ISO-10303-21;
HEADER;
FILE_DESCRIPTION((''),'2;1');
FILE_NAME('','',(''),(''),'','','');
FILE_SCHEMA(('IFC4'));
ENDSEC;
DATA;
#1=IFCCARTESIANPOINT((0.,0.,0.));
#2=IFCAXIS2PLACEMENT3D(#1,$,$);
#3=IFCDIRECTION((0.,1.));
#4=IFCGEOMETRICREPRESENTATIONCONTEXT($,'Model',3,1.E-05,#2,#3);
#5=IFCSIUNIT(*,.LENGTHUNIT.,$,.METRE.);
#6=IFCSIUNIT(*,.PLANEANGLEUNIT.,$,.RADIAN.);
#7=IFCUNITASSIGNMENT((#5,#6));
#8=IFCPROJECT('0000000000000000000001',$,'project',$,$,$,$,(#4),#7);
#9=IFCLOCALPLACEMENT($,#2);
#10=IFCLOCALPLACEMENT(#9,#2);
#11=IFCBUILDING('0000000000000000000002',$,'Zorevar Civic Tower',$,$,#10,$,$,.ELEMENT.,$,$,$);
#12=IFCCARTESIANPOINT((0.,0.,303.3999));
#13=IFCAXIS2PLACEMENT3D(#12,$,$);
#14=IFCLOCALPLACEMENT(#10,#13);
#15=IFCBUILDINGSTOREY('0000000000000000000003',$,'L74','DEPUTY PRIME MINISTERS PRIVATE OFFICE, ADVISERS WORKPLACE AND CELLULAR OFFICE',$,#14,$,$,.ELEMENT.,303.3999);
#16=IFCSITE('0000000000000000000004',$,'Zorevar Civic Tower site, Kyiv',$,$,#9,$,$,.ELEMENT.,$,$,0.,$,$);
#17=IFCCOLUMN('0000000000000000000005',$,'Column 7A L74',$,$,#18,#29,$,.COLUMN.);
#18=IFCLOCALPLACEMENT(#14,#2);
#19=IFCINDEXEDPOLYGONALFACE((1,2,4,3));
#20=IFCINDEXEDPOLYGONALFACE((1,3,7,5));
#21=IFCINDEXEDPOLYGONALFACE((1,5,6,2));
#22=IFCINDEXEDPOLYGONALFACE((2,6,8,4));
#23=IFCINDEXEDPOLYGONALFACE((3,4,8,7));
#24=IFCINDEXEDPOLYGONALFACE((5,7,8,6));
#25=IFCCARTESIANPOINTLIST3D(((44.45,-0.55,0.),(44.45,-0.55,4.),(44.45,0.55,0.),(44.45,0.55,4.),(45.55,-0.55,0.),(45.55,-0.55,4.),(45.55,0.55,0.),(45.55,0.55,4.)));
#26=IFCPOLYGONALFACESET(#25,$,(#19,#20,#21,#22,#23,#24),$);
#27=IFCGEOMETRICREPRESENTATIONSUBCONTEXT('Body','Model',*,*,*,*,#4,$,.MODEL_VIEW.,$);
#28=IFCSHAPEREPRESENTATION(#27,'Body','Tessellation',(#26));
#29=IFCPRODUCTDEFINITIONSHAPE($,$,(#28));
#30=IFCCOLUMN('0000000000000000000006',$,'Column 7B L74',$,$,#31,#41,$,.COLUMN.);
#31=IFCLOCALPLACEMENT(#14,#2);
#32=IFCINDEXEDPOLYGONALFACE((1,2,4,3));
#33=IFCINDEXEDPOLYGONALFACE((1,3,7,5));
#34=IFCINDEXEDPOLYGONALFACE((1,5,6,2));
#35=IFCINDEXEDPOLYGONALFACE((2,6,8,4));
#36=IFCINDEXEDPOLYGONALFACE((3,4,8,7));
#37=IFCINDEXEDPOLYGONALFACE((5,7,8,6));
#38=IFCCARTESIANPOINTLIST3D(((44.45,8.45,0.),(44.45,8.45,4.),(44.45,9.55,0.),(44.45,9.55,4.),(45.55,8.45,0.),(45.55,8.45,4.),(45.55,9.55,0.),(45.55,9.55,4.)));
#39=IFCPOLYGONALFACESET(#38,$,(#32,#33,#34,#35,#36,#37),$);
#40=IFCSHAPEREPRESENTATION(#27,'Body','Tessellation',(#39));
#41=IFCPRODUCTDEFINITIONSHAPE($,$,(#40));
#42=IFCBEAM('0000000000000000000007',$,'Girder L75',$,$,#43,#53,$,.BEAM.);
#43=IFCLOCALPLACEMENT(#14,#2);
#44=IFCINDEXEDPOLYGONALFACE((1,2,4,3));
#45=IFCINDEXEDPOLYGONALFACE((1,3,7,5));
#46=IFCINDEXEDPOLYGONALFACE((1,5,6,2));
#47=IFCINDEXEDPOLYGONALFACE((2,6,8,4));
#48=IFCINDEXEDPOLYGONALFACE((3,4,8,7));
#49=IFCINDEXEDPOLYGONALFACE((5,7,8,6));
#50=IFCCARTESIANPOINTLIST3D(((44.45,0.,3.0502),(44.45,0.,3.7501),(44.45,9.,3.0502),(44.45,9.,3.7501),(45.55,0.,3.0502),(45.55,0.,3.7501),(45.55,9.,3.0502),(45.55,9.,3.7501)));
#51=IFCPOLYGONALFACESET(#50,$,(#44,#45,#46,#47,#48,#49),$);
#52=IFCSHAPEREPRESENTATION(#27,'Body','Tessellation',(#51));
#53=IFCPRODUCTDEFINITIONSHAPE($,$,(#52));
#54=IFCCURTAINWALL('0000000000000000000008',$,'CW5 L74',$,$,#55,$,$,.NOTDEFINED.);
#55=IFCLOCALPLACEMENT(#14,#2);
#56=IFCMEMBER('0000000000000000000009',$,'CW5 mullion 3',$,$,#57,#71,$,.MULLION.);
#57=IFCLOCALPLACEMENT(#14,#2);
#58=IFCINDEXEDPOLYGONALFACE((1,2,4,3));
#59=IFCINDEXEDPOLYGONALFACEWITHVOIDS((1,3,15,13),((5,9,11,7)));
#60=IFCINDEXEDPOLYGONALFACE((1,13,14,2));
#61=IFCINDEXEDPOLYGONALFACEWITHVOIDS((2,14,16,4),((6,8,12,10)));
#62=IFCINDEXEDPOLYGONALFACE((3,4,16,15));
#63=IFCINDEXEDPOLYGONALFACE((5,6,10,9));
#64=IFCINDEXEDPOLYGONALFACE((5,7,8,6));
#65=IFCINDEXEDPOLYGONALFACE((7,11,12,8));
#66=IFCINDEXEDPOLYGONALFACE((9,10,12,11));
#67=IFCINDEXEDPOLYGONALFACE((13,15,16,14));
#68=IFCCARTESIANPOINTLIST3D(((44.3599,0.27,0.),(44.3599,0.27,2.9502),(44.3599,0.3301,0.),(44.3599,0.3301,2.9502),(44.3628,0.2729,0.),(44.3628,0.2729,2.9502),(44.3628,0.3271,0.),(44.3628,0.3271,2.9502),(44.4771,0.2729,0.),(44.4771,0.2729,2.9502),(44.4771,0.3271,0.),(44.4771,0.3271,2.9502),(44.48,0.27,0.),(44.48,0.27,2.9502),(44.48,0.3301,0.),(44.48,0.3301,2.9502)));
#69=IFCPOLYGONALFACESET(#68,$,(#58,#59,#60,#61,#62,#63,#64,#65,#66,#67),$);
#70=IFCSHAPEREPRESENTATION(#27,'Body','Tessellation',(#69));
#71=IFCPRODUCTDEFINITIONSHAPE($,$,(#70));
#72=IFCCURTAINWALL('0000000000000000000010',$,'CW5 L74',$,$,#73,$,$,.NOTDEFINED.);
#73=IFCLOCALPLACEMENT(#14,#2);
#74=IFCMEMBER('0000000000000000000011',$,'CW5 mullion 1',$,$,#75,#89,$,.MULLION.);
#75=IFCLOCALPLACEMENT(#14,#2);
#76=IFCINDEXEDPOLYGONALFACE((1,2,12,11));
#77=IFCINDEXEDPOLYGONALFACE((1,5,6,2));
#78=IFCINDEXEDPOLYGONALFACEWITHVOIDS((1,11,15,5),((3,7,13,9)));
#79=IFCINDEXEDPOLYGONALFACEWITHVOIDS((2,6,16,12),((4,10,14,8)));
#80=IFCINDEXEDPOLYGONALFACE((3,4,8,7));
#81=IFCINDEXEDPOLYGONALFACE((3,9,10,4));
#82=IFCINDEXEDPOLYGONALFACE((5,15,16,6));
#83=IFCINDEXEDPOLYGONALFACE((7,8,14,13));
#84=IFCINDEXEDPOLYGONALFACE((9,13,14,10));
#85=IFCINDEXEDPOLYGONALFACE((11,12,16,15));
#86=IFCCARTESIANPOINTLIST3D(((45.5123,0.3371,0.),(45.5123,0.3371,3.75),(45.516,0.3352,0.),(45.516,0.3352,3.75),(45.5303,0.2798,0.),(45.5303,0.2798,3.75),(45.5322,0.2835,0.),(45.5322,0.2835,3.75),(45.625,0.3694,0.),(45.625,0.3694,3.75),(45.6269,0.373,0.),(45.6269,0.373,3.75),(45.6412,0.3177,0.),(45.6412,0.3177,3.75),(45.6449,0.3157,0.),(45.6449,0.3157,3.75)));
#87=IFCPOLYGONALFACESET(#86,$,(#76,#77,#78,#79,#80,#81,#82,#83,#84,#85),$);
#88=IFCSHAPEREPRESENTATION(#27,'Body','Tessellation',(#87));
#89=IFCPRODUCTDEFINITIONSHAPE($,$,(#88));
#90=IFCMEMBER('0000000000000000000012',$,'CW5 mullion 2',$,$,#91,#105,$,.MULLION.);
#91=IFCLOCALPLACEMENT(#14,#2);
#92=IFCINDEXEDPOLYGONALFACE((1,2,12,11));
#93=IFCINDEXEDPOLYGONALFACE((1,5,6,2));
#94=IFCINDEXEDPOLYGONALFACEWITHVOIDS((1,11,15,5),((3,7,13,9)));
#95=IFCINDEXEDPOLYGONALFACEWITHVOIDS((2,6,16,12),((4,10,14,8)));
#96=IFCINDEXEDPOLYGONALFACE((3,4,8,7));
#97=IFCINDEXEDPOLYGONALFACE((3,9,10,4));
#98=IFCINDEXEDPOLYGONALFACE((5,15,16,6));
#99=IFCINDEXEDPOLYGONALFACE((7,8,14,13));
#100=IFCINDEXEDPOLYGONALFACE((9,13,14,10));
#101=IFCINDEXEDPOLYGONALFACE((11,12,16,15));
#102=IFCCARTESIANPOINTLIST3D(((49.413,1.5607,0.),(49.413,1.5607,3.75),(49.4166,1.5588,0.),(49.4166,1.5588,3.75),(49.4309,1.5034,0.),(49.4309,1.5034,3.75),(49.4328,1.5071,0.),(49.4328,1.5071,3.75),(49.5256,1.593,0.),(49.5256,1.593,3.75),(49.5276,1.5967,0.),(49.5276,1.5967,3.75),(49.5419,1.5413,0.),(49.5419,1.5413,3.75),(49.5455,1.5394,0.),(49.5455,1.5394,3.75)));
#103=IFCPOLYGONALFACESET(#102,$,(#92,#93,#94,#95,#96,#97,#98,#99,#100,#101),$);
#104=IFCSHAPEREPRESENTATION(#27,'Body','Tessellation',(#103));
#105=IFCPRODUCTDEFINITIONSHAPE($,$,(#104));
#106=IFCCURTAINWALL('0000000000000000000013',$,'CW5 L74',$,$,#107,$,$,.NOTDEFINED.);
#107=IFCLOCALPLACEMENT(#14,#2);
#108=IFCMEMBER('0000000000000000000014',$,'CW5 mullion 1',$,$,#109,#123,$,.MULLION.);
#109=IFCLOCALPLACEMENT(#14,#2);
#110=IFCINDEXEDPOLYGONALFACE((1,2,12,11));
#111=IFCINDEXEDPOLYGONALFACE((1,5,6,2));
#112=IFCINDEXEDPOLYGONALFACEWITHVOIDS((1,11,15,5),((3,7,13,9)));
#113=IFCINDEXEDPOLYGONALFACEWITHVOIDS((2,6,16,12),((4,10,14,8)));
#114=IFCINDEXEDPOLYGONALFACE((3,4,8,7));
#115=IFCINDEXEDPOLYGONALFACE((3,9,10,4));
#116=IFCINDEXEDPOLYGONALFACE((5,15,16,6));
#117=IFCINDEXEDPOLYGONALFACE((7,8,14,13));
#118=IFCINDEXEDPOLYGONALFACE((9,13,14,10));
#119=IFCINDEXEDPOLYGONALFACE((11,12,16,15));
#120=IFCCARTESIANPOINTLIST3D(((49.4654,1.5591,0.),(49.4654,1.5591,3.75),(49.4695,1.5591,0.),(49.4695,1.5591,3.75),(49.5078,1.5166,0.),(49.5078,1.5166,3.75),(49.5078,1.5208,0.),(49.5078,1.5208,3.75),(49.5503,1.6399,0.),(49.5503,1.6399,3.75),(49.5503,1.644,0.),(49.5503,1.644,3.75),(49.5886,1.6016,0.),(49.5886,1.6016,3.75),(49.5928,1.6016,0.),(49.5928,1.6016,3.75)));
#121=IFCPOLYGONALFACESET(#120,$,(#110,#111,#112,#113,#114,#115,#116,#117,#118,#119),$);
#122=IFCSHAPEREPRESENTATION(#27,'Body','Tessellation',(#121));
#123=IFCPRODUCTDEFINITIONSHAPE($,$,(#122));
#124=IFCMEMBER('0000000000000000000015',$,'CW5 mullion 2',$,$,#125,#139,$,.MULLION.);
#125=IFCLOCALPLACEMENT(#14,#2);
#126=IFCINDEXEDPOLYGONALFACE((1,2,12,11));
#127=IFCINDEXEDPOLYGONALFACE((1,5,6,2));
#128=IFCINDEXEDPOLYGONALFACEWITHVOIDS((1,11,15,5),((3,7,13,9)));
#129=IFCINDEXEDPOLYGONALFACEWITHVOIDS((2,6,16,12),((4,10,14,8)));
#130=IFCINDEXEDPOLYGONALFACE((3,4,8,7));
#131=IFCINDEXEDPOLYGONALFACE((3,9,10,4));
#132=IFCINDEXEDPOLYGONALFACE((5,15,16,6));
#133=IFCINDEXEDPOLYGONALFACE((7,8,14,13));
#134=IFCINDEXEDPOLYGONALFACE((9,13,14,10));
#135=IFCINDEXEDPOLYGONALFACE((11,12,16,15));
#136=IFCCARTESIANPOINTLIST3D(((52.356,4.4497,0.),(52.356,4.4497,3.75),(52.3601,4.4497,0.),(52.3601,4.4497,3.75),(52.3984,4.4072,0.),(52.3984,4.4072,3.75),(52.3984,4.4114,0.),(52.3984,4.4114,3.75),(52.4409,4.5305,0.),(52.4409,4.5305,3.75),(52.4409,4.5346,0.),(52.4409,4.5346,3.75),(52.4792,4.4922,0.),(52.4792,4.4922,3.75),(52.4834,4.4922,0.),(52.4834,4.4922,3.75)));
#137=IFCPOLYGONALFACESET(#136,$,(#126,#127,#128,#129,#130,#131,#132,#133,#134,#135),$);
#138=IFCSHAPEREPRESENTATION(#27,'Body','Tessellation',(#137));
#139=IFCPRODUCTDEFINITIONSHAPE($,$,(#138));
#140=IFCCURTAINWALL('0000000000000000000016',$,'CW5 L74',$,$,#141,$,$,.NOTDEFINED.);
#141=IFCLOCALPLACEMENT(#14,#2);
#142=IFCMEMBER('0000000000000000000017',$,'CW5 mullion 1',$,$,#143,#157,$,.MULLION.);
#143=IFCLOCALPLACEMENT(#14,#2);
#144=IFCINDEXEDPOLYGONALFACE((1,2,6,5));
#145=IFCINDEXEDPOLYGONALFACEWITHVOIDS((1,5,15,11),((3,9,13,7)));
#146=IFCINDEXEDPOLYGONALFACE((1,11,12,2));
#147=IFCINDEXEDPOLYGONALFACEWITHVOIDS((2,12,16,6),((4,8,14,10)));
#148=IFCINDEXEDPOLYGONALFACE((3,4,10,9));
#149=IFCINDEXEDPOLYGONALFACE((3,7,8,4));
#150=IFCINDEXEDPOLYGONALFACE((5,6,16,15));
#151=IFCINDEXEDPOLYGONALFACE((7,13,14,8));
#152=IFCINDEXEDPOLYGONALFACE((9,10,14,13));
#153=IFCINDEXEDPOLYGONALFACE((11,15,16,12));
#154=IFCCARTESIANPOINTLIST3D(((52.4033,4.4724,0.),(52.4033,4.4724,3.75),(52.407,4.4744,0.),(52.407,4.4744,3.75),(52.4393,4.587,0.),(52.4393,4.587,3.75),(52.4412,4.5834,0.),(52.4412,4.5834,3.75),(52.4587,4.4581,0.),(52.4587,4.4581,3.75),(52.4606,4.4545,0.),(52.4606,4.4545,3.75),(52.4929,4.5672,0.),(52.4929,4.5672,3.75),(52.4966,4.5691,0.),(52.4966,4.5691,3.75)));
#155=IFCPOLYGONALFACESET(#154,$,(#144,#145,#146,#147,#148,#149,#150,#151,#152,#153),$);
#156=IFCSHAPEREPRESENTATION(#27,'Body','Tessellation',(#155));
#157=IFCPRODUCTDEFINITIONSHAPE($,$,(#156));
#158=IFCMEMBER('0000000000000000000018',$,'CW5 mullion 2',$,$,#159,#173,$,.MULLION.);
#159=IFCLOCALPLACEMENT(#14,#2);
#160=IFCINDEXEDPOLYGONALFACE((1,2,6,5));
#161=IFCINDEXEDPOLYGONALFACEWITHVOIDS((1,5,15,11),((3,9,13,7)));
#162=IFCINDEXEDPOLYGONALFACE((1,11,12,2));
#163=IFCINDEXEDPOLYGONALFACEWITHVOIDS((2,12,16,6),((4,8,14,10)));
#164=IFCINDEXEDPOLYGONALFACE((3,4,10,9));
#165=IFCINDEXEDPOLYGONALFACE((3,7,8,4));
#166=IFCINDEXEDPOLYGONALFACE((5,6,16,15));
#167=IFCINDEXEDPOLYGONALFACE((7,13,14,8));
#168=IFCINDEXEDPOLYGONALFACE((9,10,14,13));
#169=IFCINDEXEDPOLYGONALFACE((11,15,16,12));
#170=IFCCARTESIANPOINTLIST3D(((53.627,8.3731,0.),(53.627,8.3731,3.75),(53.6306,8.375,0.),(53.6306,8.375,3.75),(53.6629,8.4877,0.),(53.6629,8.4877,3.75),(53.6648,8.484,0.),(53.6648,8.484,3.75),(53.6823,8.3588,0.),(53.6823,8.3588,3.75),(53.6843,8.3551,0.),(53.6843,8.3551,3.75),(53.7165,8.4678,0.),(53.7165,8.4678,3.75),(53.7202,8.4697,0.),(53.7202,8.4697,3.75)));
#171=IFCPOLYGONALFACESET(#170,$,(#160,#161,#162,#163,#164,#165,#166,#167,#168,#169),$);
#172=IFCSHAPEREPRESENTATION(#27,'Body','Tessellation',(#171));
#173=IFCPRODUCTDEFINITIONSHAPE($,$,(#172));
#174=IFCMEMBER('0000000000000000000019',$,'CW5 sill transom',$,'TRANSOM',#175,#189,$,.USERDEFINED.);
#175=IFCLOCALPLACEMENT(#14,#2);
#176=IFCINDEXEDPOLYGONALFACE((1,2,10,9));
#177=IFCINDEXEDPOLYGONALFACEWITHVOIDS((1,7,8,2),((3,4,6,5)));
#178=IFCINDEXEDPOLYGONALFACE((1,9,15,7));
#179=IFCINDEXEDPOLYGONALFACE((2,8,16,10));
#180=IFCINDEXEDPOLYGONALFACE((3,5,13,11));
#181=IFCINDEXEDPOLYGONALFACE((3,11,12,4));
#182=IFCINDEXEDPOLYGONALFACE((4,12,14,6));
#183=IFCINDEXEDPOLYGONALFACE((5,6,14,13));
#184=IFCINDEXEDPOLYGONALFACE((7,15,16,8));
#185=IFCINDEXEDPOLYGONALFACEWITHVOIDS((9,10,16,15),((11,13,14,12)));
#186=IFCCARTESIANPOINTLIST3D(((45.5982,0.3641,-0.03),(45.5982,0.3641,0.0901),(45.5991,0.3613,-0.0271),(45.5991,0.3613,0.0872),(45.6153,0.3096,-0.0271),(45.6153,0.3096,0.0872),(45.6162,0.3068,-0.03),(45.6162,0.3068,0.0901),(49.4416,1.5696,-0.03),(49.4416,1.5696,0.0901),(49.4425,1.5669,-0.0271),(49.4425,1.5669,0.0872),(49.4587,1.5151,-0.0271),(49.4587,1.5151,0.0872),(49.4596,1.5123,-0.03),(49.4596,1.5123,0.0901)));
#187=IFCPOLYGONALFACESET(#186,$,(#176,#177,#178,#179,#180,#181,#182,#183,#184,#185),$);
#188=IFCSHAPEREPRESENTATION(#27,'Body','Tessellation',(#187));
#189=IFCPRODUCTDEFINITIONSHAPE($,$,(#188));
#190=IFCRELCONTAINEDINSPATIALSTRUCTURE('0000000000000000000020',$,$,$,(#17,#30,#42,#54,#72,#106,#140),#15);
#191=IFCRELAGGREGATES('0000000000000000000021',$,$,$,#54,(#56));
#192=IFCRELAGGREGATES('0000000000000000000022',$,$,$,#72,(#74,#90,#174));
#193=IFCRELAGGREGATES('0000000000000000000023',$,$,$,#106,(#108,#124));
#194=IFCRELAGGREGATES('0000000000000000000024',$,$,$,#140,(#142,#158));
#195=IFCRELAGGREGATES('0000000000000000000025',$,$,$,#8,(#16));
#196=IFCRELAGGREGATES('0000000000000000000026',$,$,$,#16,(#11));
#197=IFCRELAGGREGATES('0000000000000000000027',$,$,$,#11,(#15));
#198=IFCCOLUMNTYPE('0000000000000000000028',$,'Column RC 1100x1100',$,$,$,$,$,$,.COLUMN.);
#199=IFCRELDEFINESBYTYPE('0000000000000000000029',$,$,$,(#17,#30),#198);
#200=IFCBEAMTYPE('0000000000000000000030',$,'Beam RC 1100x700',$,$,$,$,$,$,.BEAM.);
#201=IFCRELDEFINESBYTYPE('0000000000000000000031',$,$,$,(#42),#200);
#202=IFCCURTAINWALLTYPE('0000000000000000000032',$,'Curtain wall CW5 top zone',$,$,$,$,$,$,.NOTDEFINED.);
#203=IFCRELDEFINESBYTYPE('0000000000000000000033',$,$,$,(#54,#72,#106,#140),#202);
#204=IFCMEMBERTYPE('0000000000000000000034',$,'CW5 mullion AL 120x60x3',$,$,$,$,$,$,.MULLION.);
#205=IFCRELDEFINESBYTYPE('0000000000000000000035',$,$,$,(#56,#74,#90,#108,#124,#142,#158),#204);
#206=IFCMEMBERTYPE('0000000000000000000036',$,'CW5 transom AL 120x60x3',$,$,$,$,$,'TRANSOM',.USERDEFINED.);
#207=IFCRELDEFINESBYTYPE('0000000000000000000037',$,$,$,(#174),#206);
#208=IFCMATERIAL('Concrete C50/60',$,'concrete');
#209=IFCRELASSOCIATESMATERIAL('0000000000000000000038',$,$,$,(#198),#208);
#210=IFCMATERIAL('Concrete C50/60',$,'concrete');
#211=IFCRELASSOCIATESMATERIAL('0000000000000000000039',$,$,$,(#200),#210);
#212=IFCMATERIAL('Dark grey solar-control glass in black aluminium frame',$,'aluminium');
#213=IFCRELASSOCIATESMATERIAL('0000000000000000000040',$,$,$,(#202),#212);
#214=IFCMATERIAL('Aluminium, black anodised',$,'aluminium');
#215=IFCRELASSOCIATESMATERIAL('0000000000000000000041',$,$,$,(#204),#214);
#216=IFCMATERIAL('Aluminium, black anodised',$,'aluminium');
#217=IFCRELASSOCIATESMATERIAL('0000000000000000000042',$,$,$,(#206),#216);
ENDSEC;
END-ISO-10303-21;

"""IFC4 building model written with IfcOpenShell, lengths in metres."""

from ifc_helpers import new_model, si_unit, direction, frame, origin, origin_2d, place, context, subcontext, project, spatial, rectangle, hollow_rectangle, extrude, material, material_profile, profile_set, type_object, element, aggregate, save


model = new_model("IFC4")

# Units and contexts
model_context = context("Model", 3, precision=1e-05, world=origin(), true_north=direction((0.0, 1.0)))
body_context = subcontext(model_context, "Body", "Model", "MODEL_VIEW")
ifc_project = project(units=[si_unit("LENGTHUNIT", "METRE"), si_unit("PLANEANGLEUNIT", "RADIAN")], contexts=[model_context])

# Site, building, storey
site_placement = place(None, origin())
site = spatial("IfcSite", under=ifc_project, at=site_placement, Name="Zorevar Civic Tower site, Kyiv", CompositionType="ELEMENT", RefElevation=0.0)
building_placement = place(site_placement, origin())
building = spatial("IfcBuilding", under=site, at=building_placement, Name="Zorevar Civic Tower", CompositionType="ELEMENT")
storey_placement = place(building_placement, frame((0.0, 0.0, 303.3999)))
storey = spatial("IfcBuildingStorey", under=building, at=storey_placement, Name="L74", Description="DEPUTY PRIME MINISTERS PRIVATE OFFICE, ADVISERS WORKPLACE AND CELLULAR OFFICE", CompositionType="ELEMENT", Elevation=303.3999)

# Columns
ifc_material_1 = material(Name="Concrete C50/60", Category="concrete")
ifc_material_profile_1 = material_profile(ifc_material_1, rectangle(XDim=1.1001, YDim=1.1001, at=origin_2d()), Name="RC 1100x1100")
ifc_profile_set_1 = profile_set([ifc_material_profile_1], Name="Concrete C50/60")
column_type = type_object("IfcColumnType", Name="Column RC 1100x1100", PredefinedType="COLUMN", material=ifc_profile_set_1)
for number, where, z_axis, x_axis, name in (
    (1, (45.0, 0.0, 0.0), (0.0, 0.0, 1.0), (1.0, 0.0, 0.0), "Column 7A L74"),
    (2, (45.0, 9.0, 0.0), (0.0, 0.0, 1.0), (1.0, 0.0, 0.0), "Column 7B L74"),
):
    element("IfcColumn", number, at=place(storey_placement, frame(where, z_axis=z_axis, x_axis=x_axis)), inside=storey, type_object=column_type, Name=name, PredefinedType="COLUMN", context=body_context, shape_type="SweptSolid", body=[
        extrude(rectangle(XDim=1.1001, YDim=1.1001, at=origin_2d()), origin(), (0.0, 0.0, 1.0), 4.0),
    ])

# Beam
ifc_material_2 = material(Name="Concrete C50/60", Category="concrete")
ifc_material_profile_2 = material_profile(ifc_material_2, rectangle(XDim=1.1001, YDim=0.7, at=origin_2d()), Name="RC 1100x700")
ifc_profile_set_2 = profile_set([ifc_material_profile_2], Name="Concrete C50/60")
beam_type_1 = type_object("IfcBeamType", Name="Beam RC 1100x700", PredefinedType="BEAM", material=ifc_profile_set_2)
beam_1_placement = place(storey_placement, frame((45.0, 0.0, 3.4001), z_axis=(0.0, 1.0, 0.0), x_axis=(-1.0, 0.0, 0.0)))
element("IfcBeam", 3, at=beam_1_placement, inside=storey, type_object=beam_type_1, Name="Girder L75", PredefinedType="BEAM", context=body_context, shape_type="SweptSolid", body=[
    extrude(rectangle(XDim=1.1001, YDim=0.7, at=origin_2d()), origin(), (0.0, 0.0, 1.0), 9.0),
])

# Curtain wall, member
ifc_material_3 = material(Name="Dark grey solar-control glass in black aluminium frame", Category="aluminium")
curtain_wall_type = type_object("IfcCurtainWallType", Name="Curtain wall CW5 top zone", PredefinedType="NOTDEFINED", material=ifc_material_3)
curtain_wall_1_placement = place(storey_placement, origin())
curtain_wall_1 = element("IfcCurtainWall", 4, at=curtain_wall_1_placement, inside=storey, type_object=curtain_wall_type, Name="CW5 L74", PredefinedType="NOTDEFINED")
ifc_material_4 = material(Name="Aluminium, black anodised", Category="aluminium")
ifc_material_profile_3 = material_profile(ifc_material_4, hollow_rectangle(XDim=0.0601, YDim=0.1201, WallThickness=0.0029, at=origin_2d()), Name="AL 120x60x3")
ifc_profile_set_3 = profile_set([ifc_material_profile_3], Name="Aluminium, black anodised")
member_type_1 = type_object("IfcMemberType", Name="CW5 mullion AL 120x60x3", PredefinedType="MULLION", material=ifc_profile_set_3)
member_1_placement = place(storey_placement, frame((44.4199, 0.3, 0.0), z_axis=(0.0, 0.0, 1.0), x_axis=(0.0, 1.0, 0.0)))
member_1 = element("IfcMember", 5, at=member_1_placement, type_object=member_type_1, Name="CW5 mullion 3", PredefinedType="MULLION", context=body_context, shape_type="SweptSolid", body=[
    extrude(hollow_rectangle(XDim=0.0601, YDim=0.1201, WallThickness=0.0029, at=origin_2d()), origin(), (0.0, 0.0, 1.0), 2.9502),
])

# Curtain walls, members
curtain_wall_2_placement = place(storey_placement, origin())
curtain_wall_2 = element("IfcCurtainWall", 6, at=curtain_wall_2_placement, inside=storey, type_object=curtain_wall_type, Name="CW5 L74", PredefinedType="NOTDEFINED")
member_2_placement = place(storey_placement, frame((45.5786, 0.3264, 0.0), z_axis=(0.0, 0.0, 1.0), x_axis=(-0.299318, 0.954153, 0.0)))
member_2 = element("IfcMember", 7, at=member_2_placement, type_object=member_type_1, Name="CW5 mullion 1", PredefinedType="MULLION", context=body_context, shape_type="SweptSolid", body=[
    extrude(hollow_rectangle(XDim=0.0601, YDim=0.1201, WallThickness=0.0029, at=origin_2d()), origin(), (0.0, 0.0, 1.0), 3.75),
])
member_3_placement = place(storey_placement, frame((49.4792, 1.55, 0.0), z_axis=(0.0, 0.0, 1.0), x_axis=(-0.299318, 0.954153, 0.0)))
member_3 = element("IfcMember", 8, at=member_3_placement, type_object=member_type_1, Name="CW5 mullion 2", PredefinedType="MULLION", context=body_context, shape_type="SweptSolid", body=[
    extrude(hollow_rectangle(XDim=0.0601, YDim=0.1201, WallThickness=0.0029, at=origin_2d()), origin(), (0.0, 0.0, 1.0), 3.75),
])
curtain_wall_3_placement = place(storey_placement, origin())
curtain_wall_3 = element("IfcCurtainWall", 9, at=curtain_wall_3_placement, inside=storey, type_object=curtain_wall_type, Name="CW5 L74", PredefinedType="NOTDEFINED")
member_4_placement = place(storey_placement, frame((49.5291, 1.5803, 0.0), z_axis=(0.0, 0.0, 1.0), x_axis=(-0.707107, 0.707107, 0.0)))
member_4 = element("IfcMember", 10, at=member_4_placement, type_object=member_type_1, Name="CW5 mullion 1", PredefinedType="MULLION", context=body_context, shape_type="SweptSolid", body=[
    extrude(hollow_rectangle(XDim=0.0601, YDim=0.1201, WallThickness=0.0029, at=origin_2d()), origin(), (0.0, 0.0, 1.0), 3.75),
])
member_5_placement = place(storey_placement, frame((52.4197, 4.4709, 0.0), z_axis=(0.0, 0.0, 1.0), x_axis=(-0.707107, 0.707107, 0.0)))
member_5 = element("IfcMember", 11, at=member_5_placement, type_object=member_type_1, Name="CW5 mullion 2", PredefinedType="MULLION", context=body_context, shape_type="SweptSolid", body=[
    extrude(hollow_rectangle(XDim=0.0601, YDim=0.1201, WallThickness=0.0029, at=origin_2d()), origin(), (0.0, 0.0, 1.0), 3.75),
])
curtain_wall_4_placement = place(storey_placement, origin())
curtain_wall_4 = element("IfcCurtainWall", 12, at=curtain_wall_4_placement, inside=storey, type_object=curtain_wall_type, Name="CW5 L74", PredefinedType="NOTDEFINED")
member_6_placement = place(storey_placement, frame((52.45, 4.5208, 0.0), z_axis=(0.0, 0.0, 1.0), x_axis=(-0.954153, 0.299318, 0.0)))
member_6 = element("IfcMember", 13, at=member_6_placement, type_object=member_type_1, Name="CW5 mullion 1", PredefinedType="MULLION", context=body_context, shape_type="SweptSolid", body=[
    extrude(hollow_rectangle(XDim=0.0601, YDim=0.1201, WallThickness=0.0029, at=origin_2d()), origin(), (0.0, 0.0, 1.0), 3.75),
])
member_7_placement = place(storey_placement, frame((53.6736, 8.4214, 0.0), z_axis=(0.0, 0.0, 1.0), x_axis=(-0.954153, 0.299318, 0.0)))
member_7 = element("IfcMember", 14, at=member_7_placement, type_object=member_type_1, Name="CW5 mullion 2", PredefinedType="MULLION", context=body_context, shape_type="SweptSolid", body=[
    extrude(hollow_rectangle(XDim=0.0601, YDim=0.1201, WallThickness=0.0029, at=origin_2d()), origin(), (0.0, 0.0, 1.0), 3.75),
])

# Member
ifc_material_5 = material(Name="Aluminium, black anodised", Category="aluminium")
ifc_material_profile_4 = material_profile(ifc_material_5, hollow_rectangle(XDim=0.0601, YDim=0.1201, WallThickness=0.0029, at=origin_2d()), Name="AL 120x60x3")
ifc_profile_set_4 = profile_set([ifc_material_profile_4], Name="Aluminium, black anodised")
member_type_2 = type_object("IfcMemberType", Name="CW5 transom AL 120x60x3", ElementType="TRANSOM", PredefinedType="USERDEFINED", material=ifc_profile_set_4)
member_8_placement = place(storey_placement, frame((45.6072, 0.3354, 0.03), z_axis=(0.954163, 0.299286, 0.0), x_axis=(-0.299286, 0.954163, 0.0)))
member_8 = element("IfcMember", 15, at=member_8_placement, type_object=member_type_2, Name="CW5 sill transom", ObjectType="TRANSOM", PredefinedType="USERDEFINED", context=body_context, shape_type="SweptSolid", body=[
    extrude(hollow_rectangle(XDim=0.0601, YDim=0.1201, WallThickness=0.0029, at=origin_2d()), origin(), (0.0, 0.0, 1.0), 4.0281),
])

aggregate(curtain_wall_1, [member_1])
aggregate(curtain_wall_2, [member_2, member_3, member_8])
aggregate(curtain_wall_3, [member_4, member_5])
aggregate(curtain_wall_4, [member_6, member_7])

save(model, "model.ifc")
